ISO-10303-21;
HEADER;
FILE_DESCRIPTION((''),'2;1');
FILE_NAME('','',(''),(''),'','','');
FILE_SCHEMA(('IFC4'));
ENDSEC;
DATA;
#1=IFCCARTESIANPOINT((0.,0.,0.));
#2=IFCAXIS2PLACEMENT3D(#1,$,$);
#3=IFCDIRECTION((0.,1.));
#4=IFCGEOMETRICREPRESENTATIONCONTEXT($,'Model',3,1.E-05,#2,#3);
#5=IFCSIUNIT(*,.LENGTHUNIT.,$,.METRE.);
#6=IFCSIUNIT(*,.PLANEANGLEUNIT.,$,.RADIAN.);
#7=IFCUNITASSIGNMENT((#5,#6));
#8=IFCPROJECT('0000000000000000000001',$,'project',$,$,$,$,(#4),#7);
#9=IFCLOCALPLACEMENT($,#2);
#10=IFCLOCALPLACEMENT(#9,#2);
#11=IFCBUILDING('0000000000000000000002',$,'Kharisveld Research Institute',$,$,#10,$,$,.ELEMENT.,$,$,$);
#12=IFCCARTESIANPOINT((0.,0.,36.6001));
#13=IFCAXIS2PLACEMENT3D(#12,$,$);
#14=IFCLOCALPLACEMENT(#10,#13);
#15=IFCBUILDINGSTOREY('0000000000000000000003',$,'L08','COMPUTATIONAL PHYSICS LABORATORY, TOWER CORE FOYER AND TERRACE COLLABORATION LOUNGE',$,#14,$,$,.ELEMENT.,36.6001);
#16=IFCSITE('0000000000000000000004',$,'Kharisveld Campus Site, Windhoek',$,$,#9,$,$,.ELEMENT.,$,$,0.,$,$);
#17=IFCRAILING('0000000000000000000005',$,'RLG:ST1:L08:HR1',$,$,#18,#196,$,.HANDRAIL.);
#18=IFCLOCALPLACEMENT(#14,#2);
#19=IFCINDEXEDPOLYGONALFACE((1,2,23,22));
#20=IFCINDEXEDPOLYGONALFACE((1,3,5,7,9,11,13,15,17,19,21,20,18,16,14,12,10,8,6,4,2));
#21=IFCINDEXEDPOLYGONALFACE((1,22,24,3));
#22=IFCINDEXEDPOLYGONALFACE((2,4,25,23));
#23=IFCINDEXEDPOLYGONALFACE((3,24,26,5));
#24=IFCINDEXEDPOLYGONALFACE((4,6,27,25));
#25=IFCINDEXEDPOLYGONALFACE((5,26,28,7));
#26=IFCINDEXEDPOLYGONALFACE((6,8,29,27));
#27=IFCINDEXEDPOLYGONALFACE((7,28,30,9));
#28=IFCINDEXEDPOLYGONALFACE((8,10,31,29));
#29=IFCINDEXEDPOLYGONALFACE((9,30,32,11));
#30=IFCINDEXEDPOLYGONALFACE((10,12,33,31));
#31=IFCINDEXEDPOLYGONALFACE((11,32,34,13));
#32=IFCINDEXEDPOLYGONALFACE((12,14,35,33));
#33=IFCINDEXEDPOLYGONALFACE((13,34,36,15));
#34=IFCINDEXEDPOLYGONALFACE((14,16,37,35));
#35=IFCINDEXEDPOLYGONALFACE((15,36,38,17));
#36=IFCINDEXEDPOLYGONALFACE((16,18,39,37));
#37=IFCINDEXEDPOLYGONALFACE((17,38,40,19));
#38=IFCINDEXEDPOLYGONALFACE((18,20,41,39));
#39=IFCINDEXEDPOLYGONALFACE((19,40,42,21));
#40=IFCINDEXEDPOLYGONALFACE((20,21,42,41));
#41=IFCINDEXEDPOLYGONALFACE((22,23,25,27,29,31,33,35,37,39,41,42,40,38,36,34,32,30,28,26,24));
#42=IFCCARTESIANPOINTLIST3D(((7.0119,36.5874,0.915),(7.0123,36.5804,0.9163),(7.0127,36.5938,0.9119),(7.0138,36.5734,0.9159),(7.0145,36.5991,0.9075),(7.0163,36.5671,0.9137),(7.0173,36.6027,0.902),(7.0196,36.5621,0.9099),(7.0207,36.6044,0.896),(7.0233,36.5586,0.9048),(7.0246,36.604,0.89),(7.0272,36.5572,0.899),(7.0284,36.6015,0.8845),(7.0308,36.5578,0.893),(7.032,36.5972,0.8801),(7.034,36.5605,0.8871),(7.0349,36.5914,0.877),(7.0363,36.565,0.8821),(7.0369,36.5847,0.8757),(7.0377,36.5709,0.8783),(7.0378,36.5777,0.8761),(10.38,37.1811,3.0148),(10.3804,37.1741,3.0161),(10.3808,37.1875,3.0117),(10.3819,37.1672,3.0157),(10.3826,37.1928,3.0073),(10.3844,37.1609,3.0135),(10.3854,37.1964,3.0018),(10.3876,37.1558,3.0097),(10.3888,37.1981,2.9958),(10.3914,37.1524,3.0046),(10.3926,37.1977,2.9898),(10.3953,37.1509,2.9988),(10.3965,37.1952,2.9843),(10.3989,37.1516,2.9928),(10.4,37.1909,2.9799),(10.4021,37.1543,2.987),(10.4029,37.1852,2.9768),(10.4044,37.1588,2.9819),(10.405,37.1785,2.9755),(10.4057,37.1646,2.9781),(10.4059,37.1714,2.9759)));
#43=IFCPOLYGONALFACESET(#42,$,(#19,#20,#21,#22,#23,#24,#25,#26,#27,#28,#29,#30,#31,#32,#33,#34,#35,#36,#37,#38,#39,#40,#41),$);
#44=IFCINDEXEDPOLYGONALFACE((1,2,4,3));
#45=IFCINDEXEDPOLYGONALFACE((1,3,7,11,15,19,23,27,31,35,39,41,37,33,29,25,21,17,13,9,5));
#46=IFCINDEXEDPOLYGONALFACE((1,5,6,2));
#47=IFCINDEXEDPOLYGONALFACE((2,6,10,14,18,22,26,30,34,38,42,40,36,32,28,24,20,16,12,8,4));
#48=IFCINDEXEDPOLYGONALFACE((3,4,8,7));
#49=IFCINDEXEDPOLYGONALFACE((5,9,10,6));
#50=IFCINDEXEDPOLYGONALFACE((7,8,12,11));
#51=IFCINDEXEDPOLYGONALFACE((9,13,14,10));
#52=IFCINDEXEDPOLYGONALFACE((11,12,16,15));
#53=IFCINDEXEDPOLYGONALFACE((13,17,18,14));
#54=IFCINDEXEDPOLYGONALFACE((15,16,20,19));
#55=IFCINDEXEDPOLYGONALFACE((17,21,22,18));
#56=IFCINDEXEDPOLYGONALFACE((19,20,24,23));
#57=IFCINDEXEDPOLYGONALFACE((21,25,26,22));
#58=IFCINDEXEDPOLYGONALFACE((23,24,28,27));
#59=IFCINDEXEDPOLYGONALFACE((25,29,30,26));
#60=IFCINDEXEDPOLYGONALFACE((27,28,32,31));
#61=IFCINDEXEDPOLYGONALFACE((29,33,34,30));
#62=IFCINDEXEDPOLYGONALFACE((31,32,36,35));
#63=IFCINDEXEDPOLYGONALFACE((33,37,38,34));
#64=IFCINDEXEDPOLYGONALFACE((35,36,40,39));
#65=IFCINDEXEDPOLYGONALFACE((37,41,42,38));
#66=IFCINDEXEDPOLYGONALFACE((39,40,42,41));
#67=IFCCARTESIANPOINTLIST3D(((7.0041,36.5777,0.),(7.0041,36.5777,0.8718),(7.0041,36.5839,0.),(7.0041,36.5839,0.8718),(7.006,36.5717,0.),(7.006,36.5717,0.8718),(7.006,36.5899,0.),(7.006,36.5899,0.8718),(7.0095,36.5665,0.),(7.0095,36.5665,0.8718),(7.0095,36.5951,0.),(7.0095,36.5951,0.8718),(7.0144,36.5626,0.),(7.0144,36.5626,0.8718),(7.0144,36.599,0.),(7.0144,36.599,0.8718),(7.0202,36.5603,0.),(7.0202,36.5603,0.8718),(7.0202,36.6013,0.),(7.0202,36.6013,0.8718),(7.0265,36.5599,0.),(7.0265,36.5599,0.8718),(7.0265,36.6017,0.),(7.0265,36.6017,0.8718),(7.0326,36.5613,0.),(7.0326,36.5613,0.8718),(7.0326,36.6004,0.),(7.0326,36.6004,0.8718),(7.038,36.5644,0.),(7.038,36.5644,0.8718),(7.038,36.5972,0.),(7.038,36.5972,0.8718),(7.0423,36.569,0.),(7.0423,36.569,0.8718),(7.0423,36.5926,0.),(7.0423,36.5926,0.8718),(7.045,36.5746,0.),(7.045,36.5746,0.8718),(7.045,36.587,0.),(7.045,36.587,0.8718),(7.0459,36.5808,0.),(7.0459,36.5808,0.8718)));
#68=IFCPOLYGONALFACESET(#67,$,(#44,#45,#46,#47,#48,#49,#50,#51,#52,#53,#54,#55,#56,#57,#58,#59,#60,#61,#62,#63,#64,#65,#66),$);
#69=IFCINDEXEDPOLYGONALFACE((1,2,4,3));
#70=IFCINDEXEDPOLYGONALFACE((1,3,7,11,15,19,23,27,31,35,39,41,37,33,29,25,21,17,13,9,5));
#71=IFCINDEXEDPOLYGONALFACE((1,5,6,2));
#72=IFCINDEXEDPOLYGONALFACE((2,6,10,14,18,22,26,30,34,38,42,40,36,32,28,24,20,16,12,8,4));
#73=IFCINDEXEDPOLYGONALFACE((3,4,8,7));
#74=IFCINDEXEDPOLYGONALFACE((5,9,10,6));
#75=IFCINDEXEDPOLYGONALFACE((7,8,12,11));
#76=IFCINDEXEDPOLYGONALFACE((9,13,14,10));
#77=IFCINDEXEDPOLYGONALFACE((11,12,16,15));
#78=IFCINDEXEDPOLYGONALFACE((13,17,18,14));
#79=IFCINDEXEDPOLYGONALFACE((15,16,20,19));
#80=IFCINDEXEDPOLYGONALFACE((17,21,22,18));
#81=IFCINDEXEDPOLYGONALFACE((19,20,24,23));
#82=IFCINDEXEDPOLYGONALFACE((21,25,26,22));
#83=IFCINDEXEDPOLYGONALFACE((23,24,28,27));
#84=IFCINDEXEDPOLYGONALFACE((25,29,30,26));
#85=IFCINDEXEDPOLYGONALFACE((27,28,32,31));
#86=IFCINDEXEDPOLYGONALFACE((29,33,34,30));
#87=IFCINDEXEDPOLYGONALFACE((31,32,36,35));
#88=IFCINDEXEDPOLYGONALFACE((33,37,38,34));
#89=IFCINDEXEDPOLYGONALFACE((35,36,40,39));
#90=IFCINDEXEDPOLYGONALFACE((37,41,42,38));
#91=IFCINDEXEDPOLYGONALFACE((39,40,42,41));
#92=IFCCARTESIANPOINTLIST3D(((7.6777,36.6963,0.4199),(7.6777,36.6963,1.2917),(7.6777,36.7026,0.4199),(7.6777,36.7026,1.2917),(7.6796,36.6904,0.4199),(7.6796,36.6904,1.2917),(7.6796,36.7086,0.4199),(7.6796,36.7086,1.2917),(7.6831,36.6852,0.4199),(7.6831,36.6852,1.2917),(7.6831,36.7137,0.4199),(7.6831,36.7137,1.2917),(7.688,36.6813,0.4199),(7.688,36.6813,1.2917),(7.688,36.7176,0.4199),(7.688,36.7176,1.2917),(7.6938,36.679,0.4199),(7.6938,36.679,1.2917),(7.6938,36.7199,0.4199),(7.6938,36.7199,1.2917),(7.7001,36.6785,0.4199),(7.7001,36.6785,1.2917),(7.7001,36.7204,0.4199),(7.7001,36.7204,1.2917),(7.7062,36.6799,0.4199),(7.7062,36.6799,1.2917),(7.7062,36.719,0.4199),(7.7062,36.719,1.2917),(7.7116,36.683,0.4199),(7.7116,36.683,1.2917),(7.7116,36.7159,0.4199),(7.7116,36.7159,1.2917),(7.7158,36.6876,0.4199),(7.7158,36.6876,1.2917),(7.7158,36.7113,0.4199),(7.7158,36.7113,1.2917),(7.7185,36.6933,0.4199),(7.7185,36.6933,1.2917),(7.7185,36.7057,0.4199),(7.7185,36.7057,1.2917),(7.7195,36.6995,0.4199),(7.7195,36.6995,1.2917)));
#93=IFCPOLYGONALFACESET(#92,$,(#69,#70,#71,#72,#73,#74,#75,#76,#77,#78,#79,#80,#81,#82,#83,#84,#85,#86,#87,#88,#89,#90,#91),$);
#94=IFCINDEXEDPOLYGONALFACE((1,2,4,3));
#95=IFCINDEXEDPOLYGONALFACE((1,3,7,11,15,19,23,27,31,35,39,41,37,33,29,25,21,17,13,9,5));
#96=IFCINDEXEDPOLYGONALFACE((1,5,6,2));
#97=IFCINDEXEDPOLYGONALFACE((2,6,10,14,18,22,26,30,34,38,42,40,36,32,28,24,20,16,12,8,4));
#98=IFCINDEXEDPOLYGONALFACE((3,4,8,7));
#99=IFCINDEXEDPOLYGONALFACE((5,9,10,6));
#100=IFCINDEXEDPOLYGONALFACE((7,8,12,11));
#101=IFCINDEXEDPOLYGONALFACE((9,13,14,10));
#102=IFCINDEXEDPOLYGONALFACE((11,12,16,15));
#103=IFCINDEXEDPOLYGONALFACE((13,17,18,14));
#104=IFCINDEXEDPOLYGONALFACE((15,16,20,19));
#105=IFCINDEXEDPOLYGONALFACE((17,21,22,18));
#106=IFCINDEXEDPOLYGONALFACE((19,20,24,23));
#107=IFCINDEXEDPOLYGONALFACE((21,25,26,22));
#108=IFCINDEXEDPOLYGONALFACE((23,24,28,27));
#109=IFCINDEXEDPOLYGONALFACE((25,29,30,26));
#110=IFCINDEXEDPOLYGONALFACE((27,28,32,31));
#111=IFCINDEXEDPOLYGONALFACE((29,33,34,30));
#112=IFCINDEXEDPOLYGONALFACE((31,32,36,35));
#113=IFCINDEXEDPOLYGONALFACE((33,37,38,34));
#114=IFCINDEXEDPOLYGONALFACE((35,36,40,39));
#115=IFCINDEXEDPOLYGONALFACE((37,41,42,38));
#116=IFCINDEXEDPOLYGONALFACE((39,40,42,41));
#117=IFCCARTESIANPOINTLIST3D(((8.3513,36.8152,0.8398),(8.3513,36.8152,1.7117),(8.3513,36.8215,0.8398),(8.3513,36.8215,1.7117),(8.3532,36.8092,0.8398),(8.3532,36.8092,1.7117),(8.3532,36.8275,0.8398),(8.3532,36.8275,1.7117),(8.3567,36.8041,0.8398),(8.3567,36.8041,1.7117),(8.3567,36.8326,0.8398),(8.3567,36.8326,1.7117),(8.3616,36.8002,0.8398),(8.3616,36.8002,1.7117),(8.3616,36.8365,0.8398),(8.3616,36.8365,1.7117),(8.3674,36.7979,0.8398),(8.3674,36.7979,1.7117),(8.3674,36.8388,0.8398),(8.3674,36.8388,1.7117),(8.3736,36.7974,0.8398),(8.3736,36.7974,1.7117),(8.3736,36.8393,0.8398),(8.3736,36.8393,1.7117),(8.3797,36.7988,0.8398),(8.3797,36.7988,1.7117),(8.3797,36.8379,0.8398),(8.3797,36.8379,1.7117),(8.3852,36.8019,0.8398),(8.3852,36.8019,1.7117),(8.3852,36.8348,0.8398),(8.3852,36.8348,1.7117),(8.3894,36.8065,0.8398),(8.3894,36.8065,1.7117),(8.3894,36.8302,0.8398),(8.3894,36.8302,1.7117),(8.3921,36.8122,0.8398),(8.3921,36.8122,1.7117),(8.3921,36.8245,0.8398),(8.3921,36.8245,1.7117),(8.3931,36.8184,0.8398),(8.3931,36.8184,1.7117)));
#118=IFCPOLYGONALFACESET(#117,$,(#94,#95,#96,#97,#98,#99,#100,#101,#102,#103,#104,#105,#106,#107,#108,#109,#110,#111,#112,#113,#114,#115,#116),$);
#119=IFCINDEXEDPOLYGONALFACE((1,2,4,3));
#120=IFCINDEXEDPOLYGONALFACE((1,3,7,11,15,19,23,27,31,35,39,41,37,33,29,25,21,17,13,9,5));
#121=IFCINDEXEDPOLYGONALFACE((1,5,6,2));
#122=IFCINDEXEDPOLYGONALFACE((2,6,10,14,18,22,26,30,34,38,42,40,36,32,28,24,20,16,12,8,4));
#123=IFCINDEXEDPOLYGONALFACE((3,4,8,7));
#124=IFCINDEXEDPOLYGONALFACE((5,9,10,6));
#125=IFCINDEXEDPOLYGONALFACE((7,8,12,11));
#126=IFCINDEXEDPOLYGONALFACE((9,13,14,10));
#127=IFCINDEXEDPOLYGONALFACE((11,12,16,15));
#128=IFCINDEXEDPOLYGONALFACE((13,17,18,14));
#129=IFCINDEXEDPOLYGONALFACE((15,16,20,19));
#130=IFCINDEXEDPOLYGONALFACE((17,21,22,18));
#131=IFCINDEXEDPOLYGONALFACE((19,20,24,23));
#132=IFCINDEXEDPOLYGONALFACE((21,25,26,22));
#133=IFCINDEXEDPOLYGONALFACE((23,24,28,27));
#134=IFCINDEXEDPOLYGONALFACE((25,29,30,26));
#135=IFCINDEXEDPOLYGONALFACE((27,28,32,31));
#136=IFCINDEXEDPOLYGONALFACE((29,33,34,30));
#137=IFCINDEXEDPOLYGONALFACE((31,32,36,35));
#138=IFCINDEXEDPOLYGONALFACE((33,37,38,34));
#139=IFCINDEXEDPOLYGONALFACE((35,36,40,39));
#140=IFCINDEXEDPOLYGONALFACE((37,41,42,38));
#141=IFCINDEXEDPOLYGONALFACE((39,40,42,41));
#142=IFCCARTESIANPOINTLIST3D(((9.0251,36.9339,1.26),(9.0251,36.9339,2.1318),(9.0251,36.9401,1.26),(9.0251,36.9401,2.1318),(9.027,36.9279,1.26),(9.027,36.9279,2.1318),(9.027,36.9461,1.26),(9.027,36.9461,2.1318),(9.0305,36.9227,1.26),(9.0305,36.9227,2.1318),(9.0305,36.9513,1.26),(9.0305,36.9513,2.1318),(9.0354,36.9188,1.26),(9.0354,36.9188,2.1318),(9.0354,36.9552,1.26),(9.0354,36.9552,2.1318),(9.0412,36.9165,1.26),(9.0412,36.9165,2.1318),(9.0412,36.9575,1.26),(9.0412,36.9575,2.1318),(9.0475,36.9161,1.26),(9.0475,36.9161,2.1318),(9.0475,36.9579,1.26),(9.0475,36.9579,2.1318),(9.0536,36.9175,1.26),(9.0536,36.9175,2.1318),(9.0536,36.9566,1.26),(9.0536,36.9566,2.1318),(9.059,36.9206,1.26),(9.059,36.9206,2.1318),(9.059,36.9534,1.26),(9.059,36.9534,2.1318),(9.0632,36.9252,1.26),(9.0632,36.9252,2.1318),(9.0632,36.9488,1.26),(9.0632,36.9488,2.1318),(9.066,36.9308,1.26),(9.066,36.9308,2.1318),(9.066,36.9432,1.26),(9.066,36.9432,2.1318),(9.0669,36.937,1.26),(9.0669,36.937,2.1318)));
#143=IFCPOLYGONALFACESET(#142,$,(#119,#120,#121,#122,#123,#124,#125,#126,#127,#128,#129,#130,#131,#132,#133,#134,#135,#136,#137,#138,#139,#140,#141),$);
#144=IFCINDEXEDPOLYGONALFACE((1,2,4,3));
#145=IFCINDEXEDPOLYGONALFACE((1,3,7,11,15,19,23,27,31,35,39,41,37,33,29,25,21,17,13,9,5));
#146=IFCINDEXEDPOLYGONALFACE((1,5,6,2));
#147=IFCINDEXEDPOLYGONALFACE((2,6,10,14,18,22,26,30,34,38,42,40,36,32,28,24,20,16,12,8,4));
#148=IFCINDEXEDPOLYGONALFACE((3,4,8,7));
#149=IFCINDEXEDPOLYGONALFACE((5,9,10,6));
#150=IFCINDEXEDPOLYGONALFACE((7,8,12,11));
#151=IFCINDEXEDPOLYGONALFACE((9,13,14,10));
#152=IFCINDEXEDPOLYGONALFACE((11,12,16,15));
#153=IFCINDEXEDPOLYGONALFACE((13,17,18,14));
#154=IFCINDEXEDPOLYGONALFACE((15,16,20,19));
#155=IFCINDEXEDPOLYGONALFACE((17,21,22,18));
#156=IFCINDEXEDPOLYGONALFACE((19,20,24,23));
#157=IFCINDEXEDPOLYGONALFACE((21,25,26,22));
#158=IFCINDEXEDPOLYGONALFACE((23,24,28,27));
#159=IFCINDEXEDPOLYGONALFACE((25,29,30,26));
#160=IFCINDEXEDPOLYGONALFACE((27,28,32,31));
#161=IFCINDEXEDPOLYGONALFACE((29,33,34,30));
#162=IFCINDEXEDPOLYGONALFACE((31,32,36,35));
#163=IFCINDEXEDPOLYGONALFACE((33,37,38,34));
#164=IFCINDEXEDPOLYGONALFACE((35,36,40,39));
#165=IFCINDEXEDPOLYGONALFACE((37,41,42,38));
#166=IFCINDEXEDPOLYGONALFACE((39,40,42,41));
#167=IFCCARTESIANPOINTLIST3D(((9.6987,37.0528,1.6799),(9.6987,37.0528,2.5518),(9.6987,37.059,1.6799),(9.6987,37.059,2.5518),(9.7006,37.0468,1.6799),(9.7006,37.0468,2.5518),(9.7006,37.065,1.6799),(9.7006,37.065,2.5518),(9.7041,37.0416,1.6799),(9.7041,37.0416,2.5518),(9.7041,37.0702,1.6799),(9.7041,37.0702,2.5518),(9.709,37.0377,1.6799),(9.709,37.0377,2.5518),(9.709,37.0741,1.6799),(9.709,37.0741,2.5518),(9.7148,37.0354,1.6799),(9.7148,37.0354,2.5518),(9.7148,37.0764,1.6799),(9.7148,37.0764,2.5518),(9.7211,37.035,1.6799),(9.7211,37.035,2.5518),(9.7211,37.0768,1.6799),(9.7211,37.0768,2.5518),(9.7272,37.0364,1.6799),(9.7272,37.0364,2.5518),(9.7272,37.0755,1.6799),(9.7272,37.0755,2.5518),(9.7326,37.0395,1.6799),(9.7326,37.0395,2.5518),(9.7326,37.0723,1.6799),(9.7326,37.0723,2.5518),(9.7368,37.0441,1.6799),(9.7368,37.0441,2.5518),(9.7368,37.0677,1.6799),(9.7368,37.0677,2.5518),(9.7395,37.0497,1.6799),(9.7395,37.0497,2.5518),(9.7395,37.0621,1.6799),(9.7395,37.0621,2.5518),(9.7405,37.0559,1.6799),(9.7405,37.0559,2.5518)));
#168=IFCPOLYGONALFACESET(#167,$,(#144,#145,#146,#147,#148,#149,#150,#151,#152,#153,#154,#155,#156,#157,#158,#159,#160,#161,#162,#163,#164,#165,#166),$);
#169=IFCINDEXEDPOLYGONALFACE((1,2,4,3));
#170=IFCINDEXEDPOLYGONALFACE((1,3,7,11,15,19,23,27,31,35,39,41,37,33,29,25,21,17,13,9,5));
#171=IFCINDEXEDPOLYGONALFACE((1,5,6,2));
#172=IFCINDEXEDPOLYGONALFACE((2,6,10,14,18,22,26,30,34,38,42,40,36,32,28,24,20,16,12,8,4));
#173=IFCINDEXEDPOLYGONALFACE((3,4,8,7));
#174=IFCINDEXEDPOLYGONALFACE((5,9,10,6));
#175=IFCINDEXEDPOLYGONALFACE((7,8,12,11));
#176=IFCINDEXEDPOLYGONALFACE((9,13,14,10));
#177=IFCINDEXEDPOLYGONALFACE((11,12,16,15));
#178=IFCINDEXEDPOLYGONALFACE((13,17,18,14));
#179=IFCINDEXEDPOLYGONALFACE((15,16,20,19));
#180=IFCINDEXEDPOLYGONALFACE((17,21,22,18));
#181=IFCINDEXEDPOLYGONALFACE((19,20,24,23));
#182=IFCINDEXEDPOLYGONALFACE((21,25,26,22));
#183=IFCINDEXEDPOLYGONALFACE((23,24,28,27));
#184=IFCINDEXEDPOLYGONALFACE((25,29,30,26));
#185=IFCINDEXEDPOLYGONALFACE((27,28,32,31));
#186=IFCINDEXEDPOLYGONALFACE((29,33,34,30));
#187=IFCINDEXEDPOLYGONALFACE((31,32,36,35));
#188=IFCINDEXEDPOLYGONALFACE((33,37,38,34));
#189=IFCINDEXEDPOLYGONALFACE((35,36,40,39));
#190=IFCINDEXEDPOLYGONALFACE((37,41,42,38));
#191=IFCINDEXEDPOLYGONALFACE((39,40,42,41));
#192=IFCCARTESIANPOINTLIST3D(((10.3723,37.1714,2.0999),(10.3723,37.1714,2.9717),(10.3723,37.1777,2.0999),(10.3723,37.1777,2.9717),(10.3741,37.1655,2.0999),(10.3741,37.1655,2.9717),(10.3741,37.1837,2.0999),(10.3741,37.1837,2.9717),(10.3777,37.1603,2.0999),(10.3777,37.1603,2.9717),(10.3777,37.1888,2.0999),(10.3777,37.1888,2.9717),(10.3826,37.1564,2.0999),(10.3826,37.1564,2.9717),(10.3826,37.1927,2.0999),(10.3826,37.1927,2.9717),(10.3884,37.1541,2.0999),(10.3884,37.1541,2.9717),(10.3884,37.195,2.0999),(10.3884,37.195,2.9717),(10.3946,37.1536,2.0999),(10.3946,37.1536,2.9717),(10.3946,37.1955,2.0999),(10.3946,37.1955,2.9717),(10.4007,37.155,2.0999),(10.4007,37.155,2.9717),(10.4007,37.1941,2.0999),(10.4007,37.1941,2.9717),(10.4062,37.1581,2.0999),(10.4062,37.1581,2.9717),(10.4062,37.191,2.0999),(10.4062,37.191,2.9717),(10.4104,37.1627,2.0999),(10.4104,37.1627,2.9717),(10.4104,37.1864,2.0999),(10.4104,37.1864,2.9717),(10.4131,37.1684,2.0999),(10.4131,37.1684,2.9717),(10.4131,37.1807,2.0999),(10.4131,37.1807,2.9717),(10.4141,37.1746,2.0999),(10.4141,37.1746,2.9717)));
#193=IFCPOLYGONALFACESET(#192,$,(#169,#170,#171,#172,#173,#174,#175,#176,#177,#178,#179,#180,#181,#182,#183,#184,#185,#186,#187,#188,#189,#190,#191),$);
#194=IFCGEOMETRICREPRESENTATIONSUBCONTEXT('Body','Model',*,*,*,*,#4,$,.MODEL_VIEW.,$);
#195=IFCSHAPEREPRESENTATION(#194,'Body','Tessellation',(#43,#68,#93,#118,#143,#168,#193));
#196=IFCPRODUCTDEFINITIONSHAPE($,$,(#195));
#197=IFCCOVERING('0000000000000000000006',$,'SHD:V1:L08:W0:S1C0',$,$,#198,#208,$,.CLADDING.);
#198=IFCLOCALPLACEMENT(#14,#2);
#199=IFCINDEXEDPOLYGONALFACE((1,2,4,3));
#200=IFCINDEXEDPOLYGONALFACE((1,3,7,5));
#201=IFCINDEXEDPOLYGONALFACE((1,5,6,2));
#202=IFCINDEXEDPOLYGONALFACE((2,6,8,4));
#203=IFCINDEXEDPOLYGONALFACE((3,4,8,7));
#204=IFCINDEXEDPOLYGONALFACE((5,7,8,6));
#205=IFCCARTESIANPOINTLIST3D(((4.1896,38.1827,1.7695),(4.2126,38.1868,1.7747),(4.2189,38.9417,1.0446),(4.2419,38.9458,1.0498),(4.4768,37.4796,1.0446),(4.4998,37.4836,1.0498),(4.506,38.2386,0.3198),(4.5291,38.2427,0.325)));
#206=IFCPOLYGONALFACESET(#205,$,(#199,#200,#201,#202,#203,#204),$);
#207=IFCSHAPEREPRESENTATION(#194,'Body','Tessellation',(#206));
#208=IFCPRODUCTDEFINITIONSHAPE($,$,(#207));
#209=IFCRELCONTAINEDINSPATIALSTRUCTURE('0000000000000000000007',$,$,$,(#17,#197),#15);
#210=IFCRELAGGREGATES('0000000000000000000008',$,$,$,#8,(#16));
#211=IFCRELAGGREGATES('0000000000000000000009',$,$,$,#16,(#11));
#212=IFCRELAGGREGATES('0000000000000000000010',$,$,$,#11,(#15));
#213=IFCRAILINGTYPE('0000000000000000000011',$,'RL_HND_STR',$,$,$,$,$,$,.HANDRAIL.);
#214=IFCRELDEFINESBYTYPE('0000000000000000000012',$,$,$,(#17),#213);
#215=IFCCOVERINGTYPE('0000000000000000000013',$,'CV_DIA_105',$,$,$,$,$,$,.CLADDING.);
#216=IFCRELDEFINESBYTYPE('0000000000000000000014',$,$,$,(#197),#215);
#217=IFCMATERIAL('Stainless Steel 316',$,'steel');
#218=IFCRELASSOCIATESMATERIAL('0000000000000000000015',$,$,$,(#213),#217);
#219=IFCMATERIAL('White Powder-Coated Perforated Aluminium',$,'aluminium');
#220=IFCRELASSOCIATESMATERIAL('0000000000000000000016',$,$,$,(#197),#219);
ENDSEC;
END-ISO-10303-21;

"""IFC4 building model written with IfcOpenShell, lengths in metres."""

from ifc_helpers import new_model, si_unit, direction, frame, origin, origin_2d, place, context, subcontext, project, spatial, polyline, circle, outline, extrude, material, type_object, element, save


model = new_model("IFC4")

# Units and contexts
model_context = context("Model", 3, precision=1e-05, world=origin(), true_north=direction((0.0, 1.0)))
body_context = subcontext(model_context, "Body", "Model", "MODEL_VIEW")
ifc_project = project(units=[si_unit("LENGTHUNIT", "METRE"), si_unit("PLANEANGLEUNIT", "RADIAN")], contexts=[model_context])

# Site, building, storey
site_placement = place(None, origin())
site = spatial("IfcSite", under=ifc_project, at=site_placement, Name="Kharisveld Campus Site, Windhoek", CompositionType="ELEMENT", RefElevation=0.0)
building_placement = place(site_placement, origin())
building = spatial("IfcBuilding", under=site, at=building_placement, Name="Kharisveld Research Institute", CompositionType="ELEMENT")
storey_placement = place(building_placement, frame((0.0, 0.0, 36.6001)))
storey = spatial("IfcBuildingStorey", under=building, at=storey_placement, Name="L08", Description="COMPUTATIONAL PHYSICS LABORATORY, TOWER CORE FOYER AND TERRACE COLLABORATION LOUNGE", CompositionType="ELEMENT", Elevation=36.6001)

# Railing
ifc_material_1 = material(Name="Stainless Steel 316", Category="steel")
railing_type_1 = type_object("IfcRailingType", Name="RL_HND_STR", PredefinedType="HANDRAIL", material=ifc_material_1)
railing_1_placement = place(storey_placement, frame((7.0249, 36.5808, 0.0)))
element("IfcRailing", 1, at=railing_1_placement, inside=storey, type_object=railing_type_1, Name="RLG:ST1:L08:HR1", PredefinedType="HANDRAIL", context=body_context, shape_type="SweptSolid", body=[
    extrude(circle(Radius=0.0239, at=origin_2d()), frame((0.0, 0.0, 0.896), z_axis=(0.839254, 0.147946, 0.523226), x_axis=(-0.173606, 0.984815, 0.0)), (0.0, 0.0, 1.0), 4.0132),
    extrude(circle(Radius=0.021, at=origin_2d()), origin(), (0.0, 0.0, 1.0), 0.8718),
    extrude(circle(Radius=0.021, at=origin_2d()), frame((0.6736, 0.1187, 0.4199)), (0.0, 0.0, 1.0), 0.8718),
    extrude(circle(Radius=0.021, at=origin_2d()), frame((1.3472, 0.2375, 0.8398)), (0.0, 0.0, 1.0), 0.8718),
    extrude(circle(Radius=0.021, at=origin_2d()), frame((2.021, 0.3562, 1.26)), (0.0, 0.0, 1.0), 0.8718),
    extrude(circle(Radius=0.021, at=origin_2d()), frame((2.6946, 0.4751, 1.6799)), (0.0, 0.0, 1.0), 0.8718),
    extrude(circle(Radius=0.021, at=origin_2d()), frame((3.3682, 0.5938, 2.0999)), (0.0, 0.0, 1.0), 0.8718),
])

# Covering
ifc_material_2 = material(Name="White Powder-Coated Perforated Aluminium", Category="aluminium")
covering_type = type_object("IfcCoveringType", Name="CV_DIA_105", PredefinedType="CLADDING")
for number, where, z_axis, x_axis, name in (
    (2, (4.5291, 38.2427, 0.325), (0.961476, 0.169531, 0.216385), (-0.273471, 0.669725, 0.690421), "SHD:V1:L08:W0:S1C0"),
):
    element("IfcCovering", number, at=place(storey_placement, frame(where, z_axis=z_axis, x_axis=x_axis)), inside=storey, type_object=covering_type, material=ifc_material_2, Name=name, PredefinedType="CLADDING", context=body_context, shape_type="SweptSolid", body=[
        extrude(outline(polyline([(0.0, 0.0), (1.0499, 0.0), (1.05, 1.05), (0.0001, 1.05), (0.0, 0.0)])), origin(), (0.0, 0.0, -1.0), 0.0239),
    ])

save(model, "model.ifc")
